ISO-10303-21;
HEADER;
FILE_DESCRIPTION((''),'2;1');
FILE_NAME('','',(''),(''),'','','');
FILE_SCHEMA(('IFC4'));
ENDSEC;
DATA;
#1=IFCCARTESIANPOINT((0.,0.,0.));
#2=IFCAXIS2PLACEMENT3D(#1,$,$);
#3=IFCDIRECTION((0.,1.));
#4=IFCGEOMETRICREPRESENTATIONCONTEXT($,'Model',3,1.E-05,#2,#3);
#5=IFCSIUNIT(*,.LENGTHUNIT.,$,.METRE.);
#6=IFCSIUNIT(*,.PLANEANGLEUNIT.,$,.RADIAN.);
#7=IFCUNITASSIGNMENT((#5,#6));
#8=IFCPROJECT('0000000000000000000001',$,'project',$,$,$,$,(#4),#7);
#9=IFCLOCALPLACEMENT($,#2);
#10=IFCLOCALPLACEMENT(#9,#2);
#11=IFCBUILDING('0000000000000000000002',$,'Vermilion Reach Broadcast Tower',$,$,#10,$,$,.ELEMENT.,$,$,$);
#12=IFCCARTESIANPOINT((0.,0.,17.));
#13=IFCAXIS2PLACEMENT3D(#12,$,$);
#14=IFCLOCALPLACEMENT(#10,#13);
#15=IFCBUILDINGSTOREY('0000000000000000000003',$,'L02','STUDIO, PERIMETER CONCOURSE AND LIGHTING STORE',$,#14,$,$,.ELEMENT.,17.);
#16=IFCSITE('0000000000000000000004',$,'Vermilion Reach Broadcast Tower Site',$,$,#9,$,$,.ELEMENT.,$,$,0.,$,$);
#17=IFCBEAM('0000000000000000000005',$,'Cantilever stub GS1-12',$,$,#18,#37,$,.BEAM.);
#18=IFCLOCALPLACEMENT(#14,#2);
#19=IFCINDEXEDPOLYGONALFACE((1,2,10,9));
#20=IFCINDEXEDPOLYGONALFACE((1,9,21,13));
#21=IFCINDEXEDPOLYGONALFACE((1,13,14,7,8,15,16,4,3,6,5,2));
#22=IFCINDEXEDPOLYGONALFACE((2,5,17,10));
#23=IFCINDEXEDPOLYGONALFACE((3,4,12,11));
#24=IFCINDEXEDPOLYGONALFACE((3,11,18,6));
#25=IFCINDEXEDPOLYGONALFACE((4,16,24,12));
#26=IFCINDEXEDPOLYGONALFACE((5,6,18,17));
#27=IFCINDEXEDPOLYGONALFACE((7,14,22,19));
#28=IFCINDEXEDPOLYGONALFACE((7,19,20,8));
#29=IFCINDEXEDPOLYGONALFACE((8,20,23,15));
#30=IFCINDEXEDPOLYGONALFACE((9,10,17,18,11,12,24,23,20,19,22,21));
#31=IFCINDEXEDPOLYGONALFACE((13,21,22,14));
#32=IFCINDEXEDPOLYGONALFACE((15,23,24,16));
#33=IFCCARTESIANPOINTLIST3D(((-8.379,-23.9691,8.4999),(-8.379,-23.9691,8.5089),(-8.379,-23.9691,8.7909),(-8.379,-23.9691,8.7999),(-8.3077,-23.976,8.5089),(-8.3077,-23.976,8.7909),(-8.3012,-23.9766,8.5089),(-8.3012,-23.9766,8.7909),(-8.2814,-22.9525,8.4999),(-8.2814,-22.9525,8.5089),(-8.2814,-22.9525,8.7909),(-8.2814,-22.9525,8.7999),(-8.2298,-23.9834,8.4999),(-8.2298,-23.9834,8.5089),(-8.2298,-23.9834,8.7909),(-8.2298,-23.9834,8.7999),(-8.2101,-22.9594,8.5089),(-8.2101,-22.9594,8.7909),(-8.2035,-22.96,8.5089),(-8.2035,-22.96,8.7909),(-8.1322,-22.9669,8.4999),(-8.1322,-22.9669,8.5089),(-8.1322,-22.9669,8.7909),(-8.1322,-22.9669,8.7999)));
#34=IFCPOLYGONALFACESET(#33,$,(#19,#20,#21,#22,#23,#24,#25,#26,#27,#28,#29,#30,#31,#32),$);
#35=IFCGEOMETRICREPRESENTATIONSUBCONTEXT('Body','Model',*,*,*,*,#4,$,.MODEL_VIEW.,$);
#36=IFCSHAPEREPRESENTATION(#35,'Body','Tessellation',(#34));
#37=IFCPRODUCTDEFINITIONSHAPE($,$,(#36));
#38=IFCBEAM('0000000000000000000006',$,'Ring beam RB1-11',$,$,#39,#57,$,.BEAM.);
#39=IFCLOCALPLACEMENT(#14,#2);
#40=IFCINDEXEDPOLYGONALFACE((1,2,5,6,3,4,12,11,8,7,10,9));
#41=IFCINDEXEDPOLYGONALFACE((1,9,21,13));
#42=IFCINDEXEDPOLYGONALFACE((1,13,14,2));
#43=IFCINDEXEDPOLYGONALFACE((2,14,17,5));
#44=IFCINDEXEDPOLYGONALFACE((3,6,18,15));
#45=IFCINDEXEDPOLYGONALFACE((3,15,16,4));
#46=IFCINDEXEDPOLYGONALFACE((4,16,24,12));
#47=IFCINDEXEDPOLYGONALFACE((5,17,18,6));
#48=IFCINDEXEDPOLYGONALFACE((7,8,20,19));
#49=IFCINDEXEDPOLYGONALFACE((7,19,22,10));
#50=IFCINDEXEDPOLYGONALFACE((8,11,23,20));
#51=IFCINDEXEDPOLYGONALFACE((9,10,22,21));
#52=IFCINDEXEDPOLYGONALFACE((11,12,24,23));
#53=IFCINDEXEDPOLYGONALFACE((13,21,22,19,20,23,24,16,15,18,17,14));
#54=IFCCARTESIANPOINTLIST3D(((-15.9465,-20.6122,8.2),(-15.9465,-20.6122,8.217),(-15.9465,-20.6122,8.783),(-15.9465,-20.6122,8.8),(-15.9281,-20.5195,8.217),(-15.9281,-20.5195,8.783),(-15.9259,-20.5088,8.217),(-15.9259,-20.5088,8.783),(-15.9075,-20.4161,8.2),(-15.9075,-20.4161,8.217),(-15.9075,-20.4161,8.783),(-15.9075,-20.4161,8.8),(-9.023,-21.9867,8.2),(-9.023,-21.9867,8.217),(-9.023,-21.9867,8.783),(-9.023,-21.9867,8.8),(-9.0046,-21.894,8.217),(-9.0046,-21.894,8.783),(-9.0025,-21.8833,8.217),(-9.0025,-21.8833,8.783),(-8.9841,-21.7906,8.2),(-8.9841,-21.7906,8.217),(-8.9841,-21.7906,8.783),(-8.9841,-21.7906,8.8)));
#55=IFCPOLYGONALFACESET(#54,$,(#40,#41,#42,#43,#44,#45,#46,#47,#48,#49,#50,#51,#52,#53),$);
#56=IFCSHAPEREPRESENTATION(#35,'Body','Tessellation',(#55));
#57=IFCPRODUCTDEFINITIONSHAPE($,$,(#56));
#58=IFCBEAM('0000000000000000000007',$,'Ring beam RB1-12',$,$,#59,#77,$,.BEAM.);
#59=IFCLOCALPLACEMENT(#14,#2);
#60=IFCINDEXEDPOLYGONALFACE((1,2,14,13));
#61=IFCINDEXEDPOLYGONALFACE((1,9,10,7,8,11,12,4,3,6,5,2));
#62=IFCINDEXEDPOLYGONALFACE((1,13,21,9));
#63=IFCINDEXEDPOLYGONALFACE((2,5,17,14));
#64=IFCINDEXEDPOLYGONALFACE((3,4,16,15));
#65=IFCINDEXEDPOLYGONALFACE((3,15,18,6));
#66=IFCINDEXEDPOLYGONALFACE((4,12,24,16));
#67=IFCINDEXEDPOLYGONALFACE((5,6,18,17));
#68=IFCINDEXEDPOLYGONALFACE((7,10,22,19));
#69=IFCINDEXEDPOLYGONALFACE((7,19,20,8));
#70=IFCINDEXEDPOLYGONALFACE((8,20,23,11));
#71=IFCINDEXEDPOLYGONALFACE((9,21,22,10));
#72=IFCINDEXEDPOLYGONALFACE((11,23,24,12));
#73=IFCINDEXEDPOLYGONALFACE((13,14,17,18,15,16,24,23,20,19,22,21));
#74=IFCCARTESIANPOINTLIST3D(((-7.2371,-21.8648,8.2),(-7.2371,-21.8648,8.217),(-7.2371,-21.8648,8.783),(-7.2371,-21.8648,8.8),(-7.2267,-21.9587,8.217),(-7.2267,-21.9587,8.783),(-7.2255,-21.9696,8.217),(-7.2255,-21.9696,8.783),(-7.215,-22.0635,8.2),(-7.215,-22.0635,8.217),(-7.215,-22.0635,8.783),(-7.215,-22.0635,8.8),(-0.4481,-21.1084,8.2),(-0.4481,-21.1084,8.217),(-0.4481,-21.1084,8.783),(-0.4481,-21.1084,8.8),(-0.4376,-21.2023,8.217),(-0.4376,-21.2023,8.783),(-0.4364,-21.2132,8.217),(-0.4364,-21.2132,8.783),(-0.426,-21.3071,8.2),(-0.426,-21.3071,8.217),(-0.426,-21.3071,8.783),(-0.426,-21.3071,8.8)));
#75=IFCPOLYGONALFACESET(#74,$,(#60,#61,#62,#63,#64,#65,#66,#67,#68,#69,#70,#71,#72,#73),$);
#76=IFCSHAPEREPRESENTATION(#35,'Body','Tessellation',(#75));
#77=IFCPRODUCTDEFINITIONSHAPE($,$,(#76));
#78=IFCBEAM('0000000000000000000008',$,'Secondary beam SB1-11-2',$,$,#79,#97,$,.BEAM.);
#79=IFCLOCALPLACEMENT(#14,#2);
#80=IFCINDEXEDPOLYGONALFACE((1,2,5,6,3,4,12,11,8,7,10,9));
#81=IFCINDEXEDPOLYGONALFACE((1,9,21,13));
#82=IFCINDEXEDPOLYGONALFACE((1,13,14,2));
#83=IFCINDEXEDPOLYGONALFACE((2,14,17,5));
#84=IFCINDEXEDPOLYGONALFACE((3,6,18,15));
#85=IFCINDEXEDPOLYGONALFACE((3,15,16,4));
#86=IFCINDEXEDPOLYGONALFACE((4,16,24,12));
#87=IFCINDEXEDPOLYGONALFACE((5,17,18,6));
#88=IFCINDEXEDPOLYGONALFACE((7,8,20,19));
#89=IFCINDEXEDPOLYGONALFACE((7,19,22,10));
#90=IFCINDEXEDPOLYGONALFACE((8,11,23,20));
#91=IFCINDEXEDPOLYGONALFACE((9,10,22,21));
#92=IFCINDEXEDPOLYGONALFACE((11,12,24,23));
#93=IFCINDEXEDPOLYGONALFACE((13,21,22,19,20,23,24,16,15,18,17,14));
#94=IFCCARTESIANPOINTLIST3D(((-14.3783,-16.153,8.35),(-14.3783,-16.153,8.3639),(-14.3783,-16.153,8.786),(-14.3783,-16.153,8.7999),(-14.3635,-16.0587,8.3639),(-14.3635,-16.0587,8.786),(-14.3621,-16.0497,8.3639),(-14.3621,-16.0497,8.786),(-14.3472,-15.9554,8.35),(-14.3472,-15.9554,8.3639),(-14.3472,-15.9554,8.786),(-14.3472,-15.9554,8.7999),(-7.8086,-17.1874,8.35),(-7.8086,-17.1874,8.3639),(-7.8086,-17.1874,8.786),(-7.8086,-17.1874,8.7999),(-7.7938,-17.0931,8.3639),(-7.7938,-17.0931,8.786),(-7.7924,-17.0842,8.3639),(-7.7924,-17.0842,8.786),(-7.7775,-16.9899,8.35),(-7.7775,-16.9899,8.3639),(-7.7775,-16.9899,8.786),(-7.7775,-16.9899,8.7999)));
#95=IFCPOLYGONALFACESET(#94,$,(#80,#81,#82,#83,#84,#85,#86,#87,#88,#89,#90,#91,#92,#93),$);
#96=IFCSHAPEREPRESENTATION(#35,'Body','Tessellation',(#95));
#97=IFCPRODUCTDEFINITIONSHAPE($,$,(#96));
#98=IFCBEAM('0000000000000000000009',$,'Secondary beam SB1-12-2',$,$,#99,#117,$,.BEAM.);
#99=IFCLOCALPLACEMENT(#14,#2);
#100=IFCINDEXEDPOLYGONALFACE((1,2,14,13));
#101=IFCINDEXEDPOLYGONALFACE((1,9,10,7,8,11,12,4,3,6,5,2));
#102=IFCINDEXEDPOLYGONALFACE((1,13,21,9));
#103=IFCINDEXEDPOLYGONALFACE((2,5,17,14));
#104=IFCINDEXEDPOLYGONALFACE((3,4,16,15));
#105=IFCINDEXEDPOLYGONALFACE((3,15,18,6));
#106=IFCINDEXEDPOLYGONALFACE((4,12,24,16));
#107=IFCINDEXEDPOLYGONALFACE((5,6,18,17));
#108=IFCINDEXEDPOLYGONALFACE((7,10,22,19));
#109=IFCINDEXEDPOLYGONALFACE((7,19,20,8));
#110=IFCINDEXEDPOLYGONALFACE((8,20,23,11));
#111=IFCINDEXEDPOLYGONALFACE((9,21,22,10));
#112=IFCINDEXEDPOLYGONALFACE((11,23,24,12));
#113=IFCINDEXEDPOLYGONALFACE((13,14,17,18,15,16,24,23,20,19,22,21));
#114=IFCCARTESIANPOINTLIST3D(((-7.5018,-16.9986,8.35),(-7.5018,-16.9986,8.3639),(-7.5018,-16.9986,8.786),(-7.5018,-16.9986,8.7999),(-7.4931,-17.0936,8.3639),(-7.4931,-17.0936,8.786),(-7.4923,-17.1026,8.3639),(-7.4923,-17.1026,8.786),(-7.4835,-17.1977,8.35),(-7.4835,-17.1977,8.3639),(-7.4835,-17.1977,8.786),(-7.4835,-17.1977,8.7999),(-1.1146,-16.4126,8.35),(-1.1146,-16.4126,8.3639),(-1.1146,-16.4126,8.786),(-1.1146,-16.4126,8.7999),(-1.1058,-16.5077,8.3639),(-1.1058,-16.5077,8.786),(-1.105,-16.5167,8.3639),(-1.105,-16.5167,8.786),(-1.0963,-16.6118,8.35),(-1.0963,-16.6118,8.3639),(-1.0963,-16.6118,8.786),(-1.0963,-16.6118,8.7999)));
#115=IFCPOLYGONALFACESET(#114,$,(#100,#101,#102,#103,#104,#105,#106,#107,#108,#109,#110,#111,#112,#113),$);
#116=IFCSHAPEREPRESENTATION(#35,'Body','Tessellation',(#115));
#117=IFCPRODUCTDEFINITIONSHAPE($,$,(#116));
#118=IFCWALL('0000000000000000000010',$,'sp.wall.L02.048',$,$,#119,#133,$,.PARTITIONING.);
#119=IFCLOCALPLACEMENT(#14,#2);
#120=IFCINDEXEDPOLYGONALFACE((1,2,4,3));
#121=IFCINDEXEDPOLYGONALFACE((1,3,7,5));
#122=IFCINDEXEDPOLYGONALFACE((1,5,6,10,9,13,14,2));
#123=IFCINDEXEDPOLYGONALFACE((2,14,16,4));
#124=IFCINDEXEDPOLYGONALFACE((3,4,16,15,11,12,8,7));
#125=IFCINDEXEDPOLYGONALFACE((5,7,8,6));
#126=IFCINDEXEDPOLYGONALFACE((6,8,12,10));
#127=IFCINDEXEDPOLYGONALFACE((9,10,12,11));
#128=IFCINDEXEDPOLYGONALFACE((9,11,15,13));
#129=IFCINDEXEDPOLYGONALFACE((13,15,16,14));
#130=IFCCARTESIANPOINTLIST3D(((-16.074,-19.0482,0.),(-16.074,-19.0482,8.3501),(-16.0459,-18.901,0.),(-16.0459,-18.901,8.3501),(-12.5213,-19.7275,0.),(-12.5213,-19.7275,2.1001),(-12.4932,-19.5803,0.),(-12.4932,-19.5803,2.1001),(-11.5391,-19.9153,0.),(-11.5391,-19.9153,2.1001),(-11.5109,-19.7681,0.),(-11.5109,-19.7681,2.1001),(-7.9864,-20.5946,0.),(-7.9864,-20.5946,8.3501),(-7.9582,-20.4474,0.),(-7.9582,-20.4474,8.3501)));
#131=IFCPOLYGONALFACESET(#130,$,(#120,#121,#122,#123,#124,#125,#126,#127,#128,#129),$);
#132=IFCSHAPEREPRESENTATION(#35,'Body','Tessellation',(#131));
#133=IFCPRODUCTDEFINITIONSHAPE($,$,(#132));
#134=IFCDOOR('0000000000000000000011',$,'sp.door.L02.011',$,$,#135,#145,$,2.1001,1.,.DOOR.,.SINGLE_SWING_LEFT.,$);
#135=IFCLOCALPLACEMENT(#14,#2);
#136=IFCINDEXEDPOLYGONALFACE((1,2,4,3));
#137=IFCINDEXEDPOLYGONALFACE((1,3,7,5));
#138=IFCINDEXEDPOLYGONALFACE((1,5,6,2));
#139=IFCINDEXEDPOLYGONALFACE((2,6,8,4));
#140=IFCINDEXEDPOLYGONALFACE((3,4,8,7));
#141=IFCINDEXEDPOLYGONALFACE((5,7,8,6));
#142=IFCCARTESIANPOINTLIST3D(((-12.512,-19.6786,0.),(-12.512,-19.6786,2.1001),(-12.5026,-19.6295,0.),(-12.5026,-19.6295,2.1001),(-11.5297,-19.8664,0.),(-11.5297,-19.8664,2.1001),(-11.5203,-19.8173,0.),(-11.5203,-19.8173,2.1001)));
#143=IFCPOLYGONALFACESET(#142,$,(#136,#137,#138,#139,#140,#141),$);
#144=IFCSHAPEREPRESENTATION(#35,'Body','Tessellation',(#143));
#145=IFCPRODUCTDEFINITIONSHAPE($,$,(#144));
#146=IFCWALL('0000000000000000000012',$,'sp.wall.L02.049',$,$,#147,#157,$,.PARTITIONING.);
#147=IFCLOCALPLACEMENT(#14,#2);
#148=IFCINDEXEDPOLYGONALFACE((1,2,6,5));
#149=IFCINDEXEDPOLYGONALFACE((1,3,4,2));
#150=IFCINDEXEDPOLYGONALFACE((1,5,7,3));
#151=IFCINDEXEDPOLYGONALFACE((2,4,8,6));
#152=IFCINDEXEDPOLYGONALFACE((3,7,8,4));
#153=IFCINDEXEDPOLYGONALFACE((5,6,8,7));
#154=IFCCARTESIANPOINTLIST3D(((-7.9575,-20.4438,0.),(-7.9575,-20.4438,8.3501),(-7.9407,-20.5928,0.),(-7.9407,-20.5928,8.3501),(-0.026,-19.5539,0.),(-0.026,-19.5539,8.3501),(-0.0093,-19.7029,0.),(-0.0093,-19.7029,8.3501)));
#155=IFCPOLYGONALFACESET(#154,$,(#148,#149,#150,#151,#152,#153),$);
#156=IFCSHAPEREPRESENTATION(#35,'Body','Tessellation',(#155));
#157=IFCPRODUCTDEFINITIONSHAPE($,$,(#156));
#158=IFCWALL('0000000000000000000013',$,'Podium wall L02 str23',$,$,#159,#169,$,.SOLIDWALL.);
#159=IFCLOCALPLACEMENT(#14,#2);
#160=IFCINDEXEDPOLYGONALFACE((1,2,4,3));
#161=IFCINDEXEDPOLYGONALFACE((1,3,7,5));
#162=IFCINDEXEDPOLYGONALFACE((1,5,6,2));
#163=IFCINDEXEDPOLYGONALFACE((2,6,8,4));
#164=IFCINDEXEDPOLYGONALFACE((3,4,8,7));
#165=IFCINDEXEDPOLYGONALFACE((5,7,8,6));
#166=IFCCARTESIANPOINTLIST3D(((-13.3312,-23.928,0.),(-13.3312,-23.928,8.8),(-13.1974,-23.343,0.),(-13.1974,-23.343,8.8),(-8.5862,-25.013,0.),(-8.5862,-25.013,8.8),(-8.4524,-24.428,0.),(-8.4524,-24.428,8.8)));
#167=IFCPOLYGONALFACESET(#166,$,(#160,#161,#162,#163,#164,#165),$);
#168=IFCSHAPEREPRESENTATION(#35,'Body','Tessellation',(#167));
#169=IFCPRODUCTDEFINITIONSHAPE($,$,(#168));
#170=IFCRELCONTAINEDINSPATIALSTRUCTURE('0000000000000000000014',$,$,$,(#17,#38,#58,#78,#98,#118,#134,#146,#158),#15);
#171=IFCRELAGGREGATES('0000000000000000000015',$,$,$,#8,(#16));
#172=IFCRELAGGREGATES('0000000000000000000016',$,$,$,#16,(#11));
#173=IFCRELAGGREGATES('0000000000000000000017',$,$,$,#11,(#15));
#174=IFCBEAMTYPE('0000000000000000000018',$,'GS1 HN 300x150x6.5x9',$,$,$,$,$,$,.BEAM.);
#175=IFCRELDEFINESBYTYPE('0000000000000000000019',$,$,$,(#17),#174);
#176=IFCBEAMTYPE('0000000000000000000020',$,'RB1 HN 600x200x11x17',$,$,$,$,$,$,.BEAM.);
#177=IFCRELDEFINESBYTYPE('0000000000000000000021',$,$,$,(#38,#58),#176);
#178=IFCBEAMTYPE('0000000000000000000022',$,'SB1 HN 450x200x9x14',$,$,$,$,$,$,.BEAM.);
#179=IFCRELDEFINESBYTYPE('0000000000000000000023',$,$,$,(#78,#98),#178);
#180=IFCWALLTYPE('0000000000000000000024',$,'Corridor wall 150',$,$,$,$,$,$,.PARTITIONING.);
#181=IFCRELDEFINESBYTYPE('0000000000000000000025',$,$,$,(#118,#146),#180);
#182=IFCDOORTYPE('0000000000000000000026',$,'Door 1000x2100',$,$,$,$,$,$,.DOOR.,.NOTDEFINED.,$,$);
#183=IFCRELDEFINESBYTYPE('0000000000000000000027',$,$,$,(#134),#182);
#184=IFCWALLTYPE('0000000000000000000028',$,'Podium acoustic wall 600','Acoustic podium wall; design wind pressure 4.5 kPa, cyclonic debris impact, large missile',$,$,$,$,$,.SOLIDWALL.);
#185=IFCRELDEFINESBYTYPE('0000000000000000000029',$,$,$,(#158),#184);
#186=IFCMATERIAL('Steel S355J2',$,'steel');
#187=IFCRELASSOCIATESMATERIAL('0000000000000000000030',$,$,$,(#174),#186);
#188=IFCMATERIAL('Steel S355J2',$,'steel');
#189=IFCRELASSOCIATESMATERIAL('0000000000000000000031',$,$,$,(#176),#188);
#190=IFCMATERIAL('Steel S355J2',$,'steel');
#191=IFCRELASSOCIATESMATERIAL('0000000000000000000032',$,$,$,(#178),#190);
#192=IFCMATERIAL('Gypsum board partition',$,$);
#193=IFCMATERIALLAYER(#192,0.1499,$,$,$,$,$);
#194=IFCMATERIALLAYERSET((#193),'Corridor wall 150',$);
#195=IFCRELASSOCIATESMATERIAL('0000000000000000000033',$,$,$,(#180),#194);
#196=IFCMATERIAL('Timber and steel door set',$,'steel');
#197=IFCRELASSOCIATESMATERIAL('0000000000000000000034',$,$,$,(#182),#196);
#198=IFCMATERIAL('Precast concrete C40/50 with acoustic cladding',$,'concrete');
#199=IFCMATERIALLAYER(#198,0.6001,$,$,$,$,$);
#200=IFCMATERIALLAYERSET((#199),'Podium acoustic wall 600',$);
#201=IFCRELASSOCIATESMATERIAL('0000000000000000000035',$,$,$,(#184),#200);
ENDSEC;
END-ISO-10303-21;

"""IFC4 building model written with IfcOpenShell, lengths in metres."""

from ifc_helpers import new_model, si_unit, direction, frame, frame_2d, origin, origin_2d, place, context, subcontext, project, spatial, rectangle, i_section, extrude, material, layer, layer_set, material_profile, profile_set, type_object, element, fill, save


model = new_model("IFC4")

# Units and contexts
model_context = context("Model", 3, precision=1e-05, world=origin(), true_north=direction((0.0, 1.0)))
body_context = subcontext(model_context, "Body", "Model", "MODEL_VIEW")
ifc_project = project(units=[si_unit("LENGTHUNIT", "METRE"), si_unit("PLANEANGLEUNIT", "RADIAN")], contexts=[model_context])

# Site, building, storey
site_placement = place(None, origin())
site = spatial("IfcSite", under=ifc_project, at=site_placement, Name="Vermilion Reach Broadcast Tower Site", CompositionType="ELEMENT", RefElevation=0.0)
building_placement = place(site_placement, origin())
building = spatial("IfcBuilding", under=site, at=building_placement, Name="Vermilion Reach Broadcast Tower", CompositionType="ELEMENT")
storey_placement = place(building_placement, frame((0.0, 0.0, 17.0)))
storey = spatial("IfcBuildingStorey", under=building, at=storey_placement, Name="L02", Description="STUDIO, PERIMETER CONCOURSE AND LIGHTING STORE", CompositionType="ELEMENT", Elevation=17.0)

# Beams
ifc_material_1 = material(Name="Steel S355J2", Category="steel")
ifc_material_profile_1 = material_profile(ifc_material_1, i_section(OverallWidth=0.1499, OverallDepth=0.3, WebThickness=0.0066, FlangeThickness=0.009, at=origin_2d()), Name="S355J2 HN 300x150x6.5x9")
ifc_profile_set_1 = profile_set([ifc_material_profile_1], Name="Steel S355J2")
beam_type_1 = type_object("IfcBeamType", Name="GS1 HN 300x150x6.5x9", PredefinedType="BEAM", material=ifc_profile_set_1)
beam_1_placement = place(storey_placement, frame((-8.2068, -22.9597, 8.6499), z_axis=(-0.095621, -0.995418, 0.0), x_axis=(0.995418, -0.095621, 0.0)))
element("IfcBeam", 1, at=beam_1_placement, inside=storey, type_object=beam_type_1, Name="Cantilever stub GS1-12", PredefinedType="BEAM", context=body_context, shape_type="SweptSolid", body=[
    extrude(i_section(OverallWidth=0.1499, OverallDepth=0.3, WebThickness=0.0066, FlangeThickness=0.009, at=origin_2d()), origin(), (0.0, 0.0, 1.0), 1.0212),
])
ifc_material_2 = material(Name="Steel S355J2", Category="steel")
ifc_material_profile_2 = material_profile(ifc_material_2, i_section(OverallWidth=0.2, OverallDepth=0.6001, WebThickness=0.011, FlangeThickness=0.0171, at=origin_2d()), Name="S355J2 HN 600x200x11x17")
ifc_profile_set_2 = profile_set([ifc_material_profile_2], Name="Steel S355J2")
beam_type_2 = type_object("IfcBeamType", Name="RB1 HN 600x200x11x17", PredefinedType="BEAM", material=ifc_profile_set_2)
beam_2_placement = place(storey_placement, frame((-15.927, -20.5142, 8.5), z_axis=(0.980858, -0.194726, 0.0), x_axis=(0.194726, 0.980858, 0.0)))
element("IfcBeam", 2, at=beam_2_placement, inside=storey, type_object=beam_type_2, Name="Ring beam RB1-11", PredefinedType="BEAM", context=body_context, shape_type="SweptSolid", body=[
    extrude(i_section(OverallWidth=0.2, OverallDepth=0.6001, WebThickness=0.011, FlangeThickness=0.0171, at=origin_2d()), origin(), (0.0, 0.0, 1.0), 7.0586),
])
beam_3_placement = place(storey_placement, frame((-7.2261, -21.9641, 8.5), z_axis=(0.993851, 0.110722, 0.0), x_axis=(-0.110722, 0.993851, 0.0)))
element("IfcBeam", 3, at=beam_3_placement, inside=storey, type_object=beam_type_2, Name="Ring beam RB1-12", PredefinedType="BEAM", context=body_context, shape_type="SweptSolid", body=[
    extrude(i_section(OverallWidth=0.2, OverallDepth=0.6001, WebThickness=0.011, FlangeThickness=0.0171, at=origin_2d()), origin(), (0.0, 0.0, 1.0), 6.8311),
])
ifc_material_3 = material(Name="Steel S355J2", Category="steel")
ifc_material_profile_3 = material_profile(ifc_material_3, i_section(OverallWidth=0.2, OverallDepth=0.45, WebThickness=0.009, FlangeThickness=0.0139, at=origin_2d()), Name="S355J2 HN 450x200x9x14")
ifc_profile_set_3 = profile_set([ifc_material_profile_3], Name="Steel S355J2")
beam_type_3 = type_object("IfcBeamType", Name="SB1 HN 450x200x9x14", PredefinedType="BEAM", material=ifc_profile_set_3)
beam_4_placement = place(storey_placement, frame((-14.3628, -16.0542, 8.575), z_axis=(0.98783, -0.15554, 0.0), x_axis=(0.15554, 0.98783, 0.0)))
element("IfcBeam", 4, at=beam_4_placement, inside=storey, type_object=beam_type_3, Name="Secondary beam SB1-11-2", PredefinedType="BEAM", context=body_context, shape_type="SweptSolid", body=[
    extrude(i_section(OverallWidth=0.2, OverallDepth=0.45, WebThickness=0.009, FlangeThickness=0.0139, at=origin_2d()), origin(), (0.0, 0.0, 1.0), 6.6506),
])
beam_5_placement = place(storey_placement, frame((-7.4927, -17.0981, 8.575), z_axis=(0.995819, 0.091353, 0.0), x_axis=(-0.091353, 0.995819, 0.0)))
element("IfcBeam", 5, at=beam_5_placement, inside=storey, type_object=beam_type_3, Name="Secondary beam SB1-12-2", PredefinedType="BEAM", context=body_context, shape_type="SweptSolid", body=[
    extrude(i_section(OverallWidth=0.2, OverallDepth=0.45, WebThickness=0.009, FlangeThickness=0.0139, at=origin_2d()), origin(), (0.0, 0.0, 1.0), 6.4141),
])

# Wall, opening, door
ifc_material_4 = material(Name="Gypsum board partition")
ifc_layer_1 = layer(ifc_material_4, 0.1499)
ifc_layer_set_1 = layer_set([ifc_layer_1], Name="Corridor wall 150")
wall_type_1 = type_object("IfcWallType", Name="Corridor wall 150", PredefinedType="PARTITIONING", material=ifc_layer_set_1)
wall_1_placement = place(storey_placement, frame((-16.0601, -18.9746, 0.0), z_axis=(0.0, 0.0, 1.0), x_axis=(0.982207, -0.187801, 0.0)))
wall_1 = element("IfcWall", 6, at=wall_1_placement, inside=storey, type_object=wall_type_1, Name="sp.wall.L02.048", PredefinedType="PARTITIONING", context=body_context, shape_type="SweptSolid", body=[
    extrude(rectangle(XDim=8.2341, YDim=0.1499, at=frame_2d((4.1172, 0.0))), origin(), (0.0, 0.0, 1.0), 8.3501),
])
opening_1_placement = place(wall_1_placement, frame((3.6172, 0.0, 0.0)))
opening_1 = element("IfcOpeningElement", 7, at=opening_1_placement, cuts=wall_1, PredefinedType="OPENING", context=body_context, shape_type="SweptSolid", body=[
    extrude(rectangle(XDim=1.0, YDim=2.1001, at=frame_2d((0.5, 1.05))), frame((0.0, 0.085, 0.0), z_axis=(0.0, -1.0, 0.0), x_axis=(1.0, 0.0, 0.0)), (0.0, 0.0, 1.0), 0.1699),
])
ifc_material_5 = material(Name="Timber and steel door set", Category="steel")
door_type_1 = type_object("IfcDoorType", Name="Door 1000x2100", OperationType="NOTDEFINED", PredefinedType="DOOR", material=ifc_material_5)
door_1_placement = place(opening_1_placement, origin())
door_1 = element("IfcDoor", 8, at=door_1_placement, inside=storey, type_object=door_type_1, Name="sp.door.L02.011", OperationType="SINGLE_SWING_LEFT", OverallHeight=2.1001, OverallWidth=1.0, PredefinedType="DOOR", context=body_context, shape_type="SweptSolid", body=[
    extrude(rectangle(XDim=1.0, YDim=2.1001, at=frame_2d((0.5, 1.05))), frame((0.0, 0.0249, 0.0), z_axis=(0.0, -1.0, 0.0), x_axis=(1.0, 0.0, 0.0)), (0.0, 0.0, 1.0), 0.05),
])
fill(opening_1, door_1)

# Walls
wall_2_placement = place(storey_placement, frame((-7.9492, -20.5183, 0.0), z_axis=(0.0, 0.0, 1.0), x_axis=(0.993765, 0.111499, 0.0)))
element("IfcWall", 9, at=wall_2_placement, inside=storey, type_object=wall_type_1, Name="sp.wall.L02.049", PredefinedType="PARTITIONING", context=body_context, shape_type="SweptSolid", body=[
    extrude(rectangle(XDim=7.9812, YDim=0.1499, at=frame_2d((3.9907, 0.0))), origin(), (0.0, 0.0, 1.0), 8.3501),
])
ifc_material_6 = material(Name="Precast concrete C40/50 with acoustic cladding", Category="concrete")
ifc_layer_2 = layer(ifc_material_6, 0.6001)
ifc_layer_set_2 = layer_set([ifc_layer_2], Name="Podium acoustic wall 600")
wall_type_2 = type_object("IfcWallType", Name="Podium acoustic wall 600", Description="Acoustic podium wall; design wind pressure 4.5 kPa, cyclonic debris impact, large missile", PredefinedType="SOLIDWALL", material=ifc_layer_set_2)
wall_3_placement = place(storey_placement, frame((-13.2642, -23.6355, 0.0), z_axis=(0.0, 0.0, 1.0), x_axis=(0.97484, -0.222907, 0.0)))
element("IfcWall", 10, at=wall_3_placement, inside=storey, type_object=wall_type_2, Name="Podium wall L02 str23", PredefinedType="SOLIDWALL", context=body_context, shape_type="SweptSolid", body=[
    extrude(rectangle(XDim=4.8674, YDim=0.6001, at=frame_2d((2.4336, 0.0))), origin(), (0.0, 0.0, 1.0), 8.8),
])

save(model, "model.ifc")
